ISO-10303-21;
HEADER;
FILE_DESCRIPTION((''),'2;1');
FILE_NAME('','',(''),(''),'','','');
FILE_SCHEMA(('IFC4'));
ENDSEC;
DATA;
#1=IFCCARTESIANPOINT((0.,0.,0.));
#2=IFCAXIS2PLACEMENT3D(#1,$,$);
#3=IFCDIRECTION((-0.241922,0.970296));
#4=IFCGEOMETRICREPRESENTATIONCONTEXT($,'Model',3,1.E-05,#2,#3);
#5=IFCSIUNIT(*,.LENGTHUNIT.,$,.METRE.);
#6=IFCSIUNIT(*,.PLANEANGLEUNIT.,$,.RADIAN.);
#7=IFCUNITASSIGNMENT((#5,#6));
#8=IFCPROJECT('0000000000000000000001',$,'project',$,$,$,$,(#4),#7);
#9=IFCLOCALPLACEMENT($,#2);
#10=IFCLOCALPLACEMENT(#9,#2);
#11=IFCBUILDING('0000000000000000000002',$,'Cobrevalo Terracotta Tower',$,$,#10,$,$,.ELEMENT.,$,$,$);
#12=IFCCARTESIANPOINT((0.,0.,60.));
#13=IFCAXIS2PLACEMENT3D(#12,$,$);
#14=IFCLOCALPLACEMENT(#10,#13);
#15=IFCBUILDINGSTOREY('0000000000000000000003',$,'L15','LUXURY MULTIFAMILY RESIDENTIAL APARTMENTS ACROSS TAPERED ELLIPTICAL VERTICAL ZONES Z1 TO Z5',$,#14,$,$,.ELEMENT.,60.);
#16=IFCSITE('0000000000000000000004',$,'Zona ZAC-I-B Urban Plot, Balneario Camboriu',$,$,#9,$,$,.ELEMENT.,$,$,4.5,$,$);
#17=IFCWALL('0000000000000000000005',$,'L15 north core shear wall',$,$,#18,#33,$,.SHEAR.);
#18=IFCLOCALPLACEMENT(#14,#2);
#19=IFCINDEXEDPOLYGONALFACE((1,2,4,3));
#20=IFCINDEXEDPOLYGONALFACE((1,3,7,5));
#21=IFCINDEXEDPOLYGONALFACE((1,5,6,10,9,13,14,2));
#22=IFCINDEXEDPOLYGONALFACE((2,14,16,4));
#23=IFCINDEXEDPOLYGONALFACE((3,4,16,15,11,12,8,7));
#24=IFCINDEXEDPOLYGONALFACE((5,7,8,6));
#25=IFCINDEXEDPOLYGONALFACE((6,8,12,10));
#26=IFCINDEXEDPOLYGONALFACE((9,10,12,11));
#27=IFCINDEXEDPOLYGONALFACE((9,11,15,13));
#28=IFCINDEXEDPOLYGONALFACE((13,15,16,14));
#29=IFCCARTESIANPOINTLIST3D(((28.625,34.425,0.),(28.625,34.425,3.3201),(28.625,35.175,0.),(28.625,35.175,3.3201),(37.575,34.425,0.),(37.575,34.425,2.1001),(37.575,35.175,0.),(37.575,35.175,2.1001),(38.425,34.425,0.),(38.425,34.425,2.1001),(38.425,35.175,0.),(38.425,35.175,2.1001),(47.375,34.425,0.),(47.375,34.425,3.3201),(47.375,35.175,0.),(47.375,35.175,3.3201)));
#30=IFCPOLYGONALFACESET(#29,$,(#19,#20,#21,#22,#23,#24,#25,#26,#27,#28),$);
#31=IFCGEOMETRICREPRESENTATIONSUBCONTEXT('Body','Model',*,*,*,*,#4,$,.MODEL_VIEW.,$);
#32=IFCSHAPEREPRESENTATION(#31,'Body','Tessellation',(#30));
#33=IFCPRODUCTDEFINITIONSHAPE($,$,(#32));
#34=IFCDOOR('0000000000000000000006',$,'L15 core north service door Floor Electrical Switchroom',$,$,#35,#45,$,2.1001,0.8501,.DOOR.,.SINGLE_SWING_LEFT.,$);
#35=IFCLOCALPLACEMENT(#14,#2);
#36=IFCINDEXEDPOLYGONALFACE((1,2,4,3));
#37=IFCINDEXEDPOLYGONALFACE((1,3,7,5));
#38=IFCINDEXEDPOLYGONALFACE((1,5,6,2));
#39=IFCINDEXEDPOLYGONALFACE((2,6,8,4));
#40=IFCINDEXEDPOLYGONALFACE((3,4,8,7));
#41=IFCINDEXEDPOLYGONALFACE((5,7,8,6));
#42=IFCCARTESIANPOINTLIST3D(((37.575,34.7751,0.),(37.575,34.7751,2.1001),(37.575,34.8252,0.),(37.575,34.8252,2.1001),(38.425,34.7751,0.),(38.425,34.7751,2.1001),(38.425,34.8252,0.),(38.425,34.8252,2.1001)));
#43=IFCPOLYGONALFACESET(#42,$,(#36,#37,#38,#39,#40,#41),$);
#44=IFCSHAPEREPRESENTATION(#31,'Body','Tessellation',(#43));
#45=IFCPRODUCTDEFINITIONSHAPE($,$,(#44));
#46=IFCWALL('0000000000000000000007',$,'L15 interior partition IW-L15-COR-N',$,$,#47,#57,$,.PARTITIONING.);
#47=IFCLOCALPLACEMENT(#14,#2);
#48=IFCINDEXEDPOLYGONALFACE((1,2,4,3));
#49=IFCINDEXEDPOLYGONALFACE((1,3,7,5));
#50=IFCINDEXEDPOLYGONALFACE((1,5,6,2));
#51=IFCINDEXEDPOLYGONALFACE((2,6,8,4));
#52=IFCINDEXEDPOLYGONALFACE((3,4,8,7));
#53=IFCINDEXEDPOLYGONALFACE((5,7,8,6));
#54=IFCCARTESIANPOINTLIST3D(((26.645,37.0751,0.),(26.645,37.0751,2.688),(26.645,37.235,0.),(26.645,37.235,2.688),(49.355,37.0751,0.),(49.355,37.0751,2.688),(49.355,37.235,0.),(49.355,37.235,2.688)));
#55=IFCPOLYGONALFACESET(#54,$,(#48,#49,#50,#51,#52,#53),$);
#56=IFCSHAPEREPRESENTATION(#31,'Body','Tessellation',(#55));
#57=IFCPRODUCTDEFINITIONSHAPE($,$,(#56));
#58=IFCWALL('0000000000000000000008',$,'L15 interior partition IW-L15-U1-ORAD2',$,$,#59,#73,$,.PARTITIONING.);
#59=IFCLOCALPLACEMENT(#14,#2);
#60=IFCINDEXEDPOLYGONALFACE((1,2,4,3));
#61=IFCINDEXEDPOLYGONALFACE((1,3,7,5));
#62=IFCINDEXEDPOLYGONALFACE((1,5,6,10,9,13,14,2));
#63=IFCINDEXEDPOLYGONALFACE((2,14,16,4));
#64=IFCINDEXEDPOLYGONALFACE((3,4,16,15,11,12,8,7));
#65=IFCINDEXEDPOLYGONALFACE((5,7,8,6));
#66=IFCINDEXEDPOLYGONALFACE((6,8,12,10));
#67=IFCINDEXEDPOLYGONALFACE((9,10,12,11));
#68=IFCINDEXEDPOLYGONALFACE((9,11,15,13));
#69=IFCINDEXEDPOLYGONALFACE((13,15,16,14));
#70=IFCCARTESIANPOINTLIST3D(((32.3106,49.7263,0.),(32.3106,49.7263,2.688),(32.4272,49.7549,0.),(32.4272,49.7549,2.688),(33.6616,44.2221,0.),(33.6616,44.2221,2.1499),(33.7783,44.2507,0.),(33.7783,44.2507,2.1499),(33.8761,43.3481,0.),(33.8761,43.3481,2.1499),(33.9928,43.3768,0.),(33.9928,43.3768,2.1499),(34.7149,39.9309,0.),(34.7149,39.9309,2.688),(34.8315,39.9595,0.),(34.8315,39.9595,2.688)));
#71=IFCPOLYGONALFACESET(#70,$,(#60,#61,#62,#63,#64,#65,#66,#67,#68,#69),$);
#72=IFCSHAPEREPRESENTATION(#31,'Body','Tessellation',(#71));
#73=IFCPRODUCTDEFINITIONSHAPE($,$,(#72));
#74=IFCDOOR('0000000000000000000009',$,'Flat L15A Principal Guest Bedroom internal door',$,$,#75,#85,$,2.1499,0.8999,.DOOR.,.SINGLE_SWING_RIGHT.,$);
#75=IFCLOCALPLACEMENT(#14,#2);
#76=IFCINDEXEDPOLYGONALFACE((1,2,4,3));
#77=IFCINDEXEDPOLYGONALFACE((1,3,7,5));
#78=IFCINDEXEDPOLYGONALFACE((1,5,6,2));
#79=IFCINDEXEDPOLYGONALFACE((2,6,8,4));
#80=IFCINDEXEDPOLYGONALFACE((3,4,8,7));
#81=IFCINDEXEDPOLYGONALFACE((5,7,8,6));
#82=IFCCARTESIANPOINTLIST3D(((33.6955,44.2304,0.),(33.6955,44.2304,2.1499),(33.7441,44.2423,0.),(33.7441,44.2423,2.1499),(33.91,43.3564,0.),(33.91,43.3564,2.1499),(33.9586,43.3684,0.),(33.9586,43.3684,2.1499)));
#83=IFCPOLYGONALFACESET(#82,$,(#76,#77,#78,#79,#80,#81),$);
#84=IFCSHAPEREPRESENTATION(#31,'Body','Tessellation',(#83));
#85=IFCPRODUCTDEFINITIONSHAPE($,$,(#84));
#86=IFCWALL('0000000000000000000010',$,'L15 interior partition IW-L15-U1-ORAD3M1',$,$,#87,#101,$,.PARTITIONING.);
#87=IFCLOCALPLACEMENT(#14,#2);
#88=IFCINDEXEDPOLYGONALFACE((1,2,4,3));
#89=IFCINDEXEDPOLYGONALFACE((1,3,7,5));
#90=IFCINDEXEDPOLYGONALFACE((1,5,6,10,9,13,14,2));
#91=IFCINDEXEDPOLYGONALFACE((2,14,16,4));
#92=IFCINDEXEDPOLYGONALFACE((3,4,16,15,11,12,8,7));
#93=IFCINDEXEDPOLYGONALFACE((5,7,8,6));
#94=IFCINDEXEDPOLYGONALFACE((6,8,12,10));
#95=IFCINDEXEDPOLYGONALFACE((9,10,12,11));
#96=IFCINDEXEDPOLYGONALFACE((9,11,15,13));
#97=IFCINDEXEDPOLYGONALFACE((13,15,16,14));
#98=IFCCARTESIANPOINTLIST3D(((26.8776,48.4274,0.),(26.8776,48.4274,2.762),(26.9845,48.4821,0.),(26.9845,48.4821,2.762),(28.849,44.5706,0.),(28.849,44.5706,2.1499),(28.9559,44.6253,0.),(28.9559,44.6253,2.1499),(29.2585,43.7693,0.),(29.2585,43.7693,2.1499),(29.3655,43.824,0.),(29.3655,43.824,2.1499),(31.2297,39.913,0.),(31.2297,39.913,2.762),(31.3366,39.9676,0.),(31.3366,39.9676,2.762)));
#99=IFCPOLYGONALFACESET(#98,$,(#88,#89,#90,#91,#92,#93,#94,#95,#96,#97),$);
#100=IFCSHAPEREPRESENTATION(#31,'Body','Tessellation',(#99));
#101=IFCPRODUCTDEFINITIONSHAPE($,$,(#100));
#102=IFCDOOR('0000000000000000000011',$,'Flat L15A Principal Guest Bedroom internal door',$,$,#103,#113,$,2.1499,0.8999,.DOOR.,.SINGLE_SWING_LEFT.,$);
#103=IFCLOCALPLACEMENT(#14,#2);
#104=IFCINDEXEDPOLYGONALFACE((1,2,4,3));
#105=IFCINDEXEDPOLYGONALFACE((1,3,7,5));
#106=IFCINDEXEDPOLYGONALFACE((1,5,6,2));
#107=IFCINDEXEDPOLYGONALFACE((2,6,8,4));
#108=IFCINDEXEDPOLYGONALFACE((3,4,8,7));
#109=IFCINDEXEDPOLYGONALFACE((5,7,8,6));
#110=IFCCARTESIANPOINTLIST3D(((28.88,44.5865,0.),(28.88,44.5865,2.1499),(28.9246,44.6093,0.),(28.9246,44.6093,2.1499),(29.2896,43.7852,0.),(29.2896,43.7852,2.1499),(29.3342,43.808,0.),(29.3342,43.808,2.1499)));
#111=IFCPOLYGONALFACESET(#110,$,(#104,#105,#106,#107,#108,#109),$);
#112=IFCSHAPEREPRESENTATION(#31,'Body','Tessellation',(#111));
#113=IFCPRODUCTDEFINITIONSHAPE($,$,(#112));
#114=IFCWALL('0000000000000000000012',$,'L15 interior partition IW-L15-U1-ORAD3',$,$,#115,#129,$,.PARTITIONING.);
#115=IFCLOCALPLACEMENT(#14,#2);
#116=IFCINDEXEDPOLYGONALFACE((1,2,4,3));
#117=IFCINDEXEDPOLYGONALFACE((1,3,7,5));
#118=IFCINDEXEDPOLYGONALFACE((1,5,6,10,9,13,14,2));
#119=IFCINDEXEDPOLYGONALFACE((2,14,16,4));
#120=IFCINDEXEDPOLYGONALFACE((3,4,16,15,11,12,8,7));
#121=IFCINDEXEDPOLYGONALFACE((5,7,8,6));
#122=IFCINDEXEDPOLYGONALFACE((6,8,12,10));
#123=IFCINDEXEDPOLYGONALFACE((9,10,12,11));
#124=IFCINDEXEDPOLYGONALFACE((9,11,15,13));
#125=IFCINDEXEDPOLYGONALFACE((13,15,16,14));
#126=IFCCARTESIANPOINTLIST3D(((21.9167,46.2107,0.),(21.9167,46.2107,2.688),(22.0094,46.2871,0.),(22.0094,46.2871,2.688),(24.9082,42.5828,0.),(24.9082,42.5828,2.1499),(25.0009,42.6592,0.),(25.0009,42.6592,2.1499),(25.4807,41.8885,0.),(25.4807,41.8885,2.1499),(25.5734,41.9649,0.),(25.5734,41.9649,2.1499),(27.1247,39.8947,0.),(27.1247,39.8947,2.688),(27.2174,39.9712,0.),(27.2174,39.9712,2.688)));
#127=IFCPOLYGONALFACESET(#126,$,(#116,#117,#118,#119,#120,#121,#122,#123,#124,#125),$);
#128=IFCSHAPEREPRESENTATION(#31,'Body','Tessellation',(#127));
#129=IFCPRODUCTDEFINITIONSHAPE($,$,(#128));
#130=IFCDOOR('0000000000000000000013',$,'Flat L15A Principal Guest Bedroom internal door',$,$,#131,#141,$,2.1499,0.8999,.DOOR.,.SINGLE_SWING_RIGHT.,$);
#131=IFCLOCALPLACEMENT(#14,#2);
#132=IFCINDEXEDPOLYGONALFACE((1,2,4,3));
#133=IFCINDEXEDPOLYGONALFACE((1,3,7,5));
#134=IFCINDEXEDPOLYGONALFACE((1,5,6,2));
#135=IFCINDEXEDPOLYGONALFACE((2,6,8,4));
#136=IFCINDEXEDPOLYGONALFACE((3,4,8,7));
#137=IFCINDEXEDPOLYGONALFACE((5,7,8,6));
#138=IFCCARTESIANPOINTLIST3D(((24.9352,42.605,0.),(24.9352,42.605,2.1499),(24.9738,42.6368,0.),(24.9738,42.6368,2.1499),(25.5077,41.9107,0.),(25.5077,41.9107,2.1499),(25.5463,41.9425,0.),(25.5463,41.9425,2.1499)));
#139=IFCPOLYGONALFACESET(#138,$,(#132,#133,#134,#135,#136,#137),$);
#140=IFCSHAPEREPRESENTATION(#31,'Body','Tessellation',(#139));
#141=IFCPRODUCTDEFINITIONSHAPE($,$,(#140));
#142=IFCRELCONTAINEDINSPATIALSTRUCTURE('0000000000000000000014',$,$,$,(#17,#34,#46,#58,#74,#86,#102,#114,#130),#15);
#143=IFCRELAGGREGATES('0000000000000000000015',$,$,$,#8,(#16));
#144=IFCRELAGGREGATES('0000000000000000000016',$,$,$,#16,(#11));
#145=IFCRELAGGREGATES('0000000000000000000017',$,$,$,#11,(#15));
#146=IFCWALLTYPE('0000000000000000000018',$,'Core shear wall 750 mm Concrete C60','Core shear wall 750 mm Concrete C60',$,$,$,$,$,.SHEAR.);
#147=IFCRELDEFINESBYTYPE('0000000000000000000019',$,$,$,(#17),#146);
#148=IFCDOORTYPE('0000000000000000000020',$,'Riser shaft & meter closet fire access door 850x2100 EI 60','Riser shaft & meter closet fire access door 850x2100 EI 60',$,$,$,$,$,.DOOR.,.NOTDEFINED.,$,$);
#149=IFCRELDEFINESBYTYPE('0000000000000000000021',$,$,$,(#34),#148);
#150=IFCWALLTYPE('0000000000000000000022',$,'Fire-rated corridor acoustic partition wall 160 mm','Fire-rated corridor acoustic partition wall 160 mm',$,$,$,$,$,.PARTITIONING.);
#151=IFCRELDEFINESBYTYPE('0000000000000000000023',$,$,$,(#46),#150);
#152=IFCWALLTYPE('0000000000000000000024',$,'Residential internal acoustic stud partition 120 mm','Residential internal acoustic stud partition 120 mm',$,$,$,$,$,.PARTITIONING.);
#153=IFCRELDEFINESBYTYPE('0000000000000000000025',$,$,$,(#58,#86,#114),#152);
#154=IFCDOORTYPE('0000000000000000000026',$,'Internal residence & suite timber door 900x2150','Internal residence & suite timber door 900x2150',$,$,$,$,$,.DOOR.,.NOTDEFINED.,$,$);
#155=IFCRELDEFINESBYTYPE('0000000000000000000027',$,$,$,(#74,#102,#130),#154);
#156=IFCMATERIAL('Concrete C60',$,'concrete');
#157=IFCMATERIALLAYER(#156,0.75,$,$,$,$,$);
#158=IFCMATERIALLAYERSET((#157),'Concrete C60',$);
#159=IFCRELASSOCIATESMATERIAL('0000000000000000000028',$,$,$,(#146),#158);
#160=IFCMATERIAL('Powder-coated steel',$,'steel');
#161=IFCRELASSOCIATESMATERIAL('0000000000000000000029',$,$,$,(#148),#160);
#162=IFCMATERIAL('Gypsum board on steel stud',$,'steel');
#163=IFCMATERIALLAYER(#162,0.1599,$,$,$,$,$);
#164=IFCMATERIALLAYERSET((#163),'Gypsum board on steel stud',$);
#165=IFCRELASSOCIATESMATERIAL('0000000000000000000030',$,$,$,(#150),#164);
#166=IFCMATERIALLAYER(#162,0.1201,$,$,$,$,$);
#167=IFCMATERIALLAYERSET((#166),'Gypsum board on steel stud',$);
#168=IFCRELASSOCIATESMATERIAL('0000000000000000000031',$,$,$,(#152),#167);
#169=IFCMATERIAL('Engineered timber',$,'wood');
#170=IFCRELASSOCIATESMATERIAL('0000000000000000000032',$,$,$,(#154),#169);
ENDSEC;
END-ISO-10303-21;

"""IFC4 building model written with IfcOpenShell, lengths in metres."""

from ifc_helpers import new_model, si_unit, direction, frame, frame_2d, origin, place, context, subcontext, project, spatial, rectangle, extrude, source, transform, mapped, material, layer, layer_set, type_object, element, fill, save


model = new_model("IFC4")

# Units and contexts
model_context = context("Model", 3, precision=1e-05, world=origin(), true_north=direction((-0.241922, 0.970296)))
body_context = subcontext(model_context, "Body", "Model", "MODEL_VIEW")
ifc_project = project(units=[si_unit("LENGTHUNIT", "METRE"), si_unit("PLANEANGLEUNIT", "RADIAN")], contexts=[model_context])

# Site, building, storey
site_placement = place(None, origin())
site = spatial("IfcSite", under=ifc_project, at=site_placement, Name="Zona ZAC-I-B Urban Plot, Balneario Camboriu", CompositionType="ELEMENT", RefElevation=4.5)
building_placement = place(site_placement, origin())
building = spatial("IfcBuilding", under=site, at=building_placement, Name="Cobrevalo Terracotta Tower", CompositionType="ELEMENT")
storey_placement = place(building_placement, frame((0.0, 0.0, 60.0)))
storey = spatial("IfcBuildingStorey", under=building, at=storey_placement, Name="L15", Description="LUXURY MULTIFAMILY RESIDENTIAL APARTMENTS ACROSS TAPERED ELLIPTICAL VERTICAL ZONES Z1 TO Z5", CompositionType="ELEMENT", Elevation=60.0)

# Shared definitions
ifc_material_1 = material(Name="Concrete C60", Category="concrete")

# Wall, opening, door
ifc_layer_1 = layer(ifc_material_1, 0.75)
ifc_layer_set_1 = layer_set([ifc_layer_1], Name="Concrete C60")
wall_type_1 = type_object("IfcWallType", Name="Core shear wall 750 mm Concrete C60", Description="Core shear wall 750 mm Concrete C60", PredefinedType="SHEAR", material=ifc_layer_set_1)
wall_1_placement = place(storey_placement, frame((28.625, 34.8, 0.0), z_axis=(0.0, 0.0, 1.0), x_axis=(1.0, 0.0, 0.0)))
wall_1 = element("IfcWall", 1, at=wall_1_placement, inside=storey, type_object=wall_type_1, Name="L15 north core shear wall", PredefinedType="SHEAR", context=body_context, shape_type="SweptSolid", body=[
    extrude(rectangle(XDim=18.75, YDim=0.75, at=frame_2d((9.375, 0.0))), origin(), (0.0, 0.0, 1.0), 3.3201),
])
opening_1_placement = place(wall_1_placement, frame((8.95, 0.0, 0.0)))
opening_1 = element("IfcOpeningElement", 2, at=opening_1_placement, cuts=wall_1, PredefinedType="OPENING", context=body_context, shape_type="SweptSolid", body=[
    extrude(rectangle(XDim=0.8501, YDim=2.1001, at=frame_2d((0.425, 1.05))), frame((0.0, 0.385, 0.0), z_axis=(0.0, -1.0, 0.0), x_axis=(1.0, 0.0, 0.0)), (0.0, 0.0, 1.0), 0.77),
])
ifc_material_2 = material(Name="Powder-coated steel", Category="steel")
door_type_1 = type_object("IfcDoorType", Name="Riser shaft & meter closet fire access door 850x2100 EI 60", Description="Riser shaft & meter closet fire access door 850x2100 EI 60", OperationType="NOTDEFINED", PredefinedType="DOOR", material=ifc_material_2)
shared_shape_1 = source(origin(), body_context, "Body", "SweptSolid", [
    extrude(rectangle(XDim=0.8501, YDim=2.1001, at=frame_2d((0.425, 1.05))), frame((0.0, 0.0249, 0.0), z_axis=(0.0, -1.0, 0.0), x_axis=(1.0, 0.0, 0.0)), (0.0, 0.0, 1.0), 0.05),
])
door_1_placement = place(opening_1_placement, frame((0.8501, 0.0, 0.0), z_axis=(0.0, 0.0, 1.0), x_axis=(-1.0, 0.0, 0.0)))
door_1 = element("IfcDoor", 3, at=door_1_placement, inside=storey, type_object=door_type_1, Name="L15 core north service door Floor Electrical Switchroom", OperationType="SINGLE_SWING_LEFT", OverallHeight=2.1001, OverallWidth=0.8501, PredefinedType="DOOR", context=body_context, shape_type="MappedRepresentation", body=[
    mapped(shared_shape_1, transform((0.0, 0.0, 0.0), scale=1.0)),
])
fill(opening_1, door_1)

# Wall
ifc_material_3 = material(Name="Gypsum board on steel stud", Category="steel")
ifc_layer_2 = layer(ifc_material_3, 0.1599)
ifc_layer_set_2 = layer_set([ifc_layer_2], Name="Gypsum board on steel stud")
wall_type_2 = type_object("IfcWallType", Name="Fire-rated corridor acoustic partition wall 160 mm", Description="Fire-rated corridor acoustic partition wall 160 mm", PredefinedType="PARTITIONING", material=ifc_layer_set_2)
wall_2_placement = place(storey_placement, frame((26.645, 37.155, 0.0), z_axis=(0.0, 0.0, 1.0), x_axis=(1.0, 0.0, 0.0)))
element("IfcWall", 4, at=wall_2_placement, inside=storey, type_object=wall_type_2, Name="L15 interior partition IW-L15-COR-N", PredefinedType="PARTITIONING", context=body_context, shape_type="SweptSolid", body=[
    extrude(rectangle(XDim=22.71, YDim=0.1599, at=frame_2d((11.355, 0.0))), origin(), (0.0, 0.0, 1.0), 2.688),
])

# Walls, openings, doors
ifc_layer_3 = layer(ifc_material_3, 0.1201)
ifc_layer_set_3 = layer_set([ifc_layer_3], Name="Gypsum board on steel stud")
wall_type_3 = type_object("IfcWallType", Name="Residential internal acoustic stud partition 120 mm", Description="Residential internal acoustic stud partition 120 mm", PredefinedType="PARTITIONING", material=ifc_layer_set_3)
wall_3_placement = place(storey_placement, frame((34.7732, 39.9453, 0.0), z_axis=(0.0, 0.0, 1.0), x_axis=(-0.238376, 0.971173, 0.0)))
wall_3 = element("IfcWall", 5, at=wall_3_placement, inside=storey, type_object=wall_type_3, Name="L15 interior partition IW-L15-U1-ORAD2", PredefinedType="PARTITIONING", context=body_context, shape_type="SweptSolid", body=[
    extrude(rectangle(XDim=10.0862, YDim=0.1201, at=frame_2d((5.043, 0.0))), origin(), (0.0, 0.0, 1.0), 2.688),
])
opening_2_placement = place(wall_3_placement, frame((3.5186, 0.0, 0.0)))
opening_2 = element("IfcOpeningElement", 6, at=opening_2_placement, cuts=wall_3, PredefinedType="OPENING", context=body_context, shape_type="SweptSolid", body=[
    extrude(rectangle(XDim=0.8999, YDim=2.1499, at=frame_2d((0.45, 1.075))), frame((0.0, 0.0701, 0.0), z_axis=(0.0, -1.0, 0.0), x_axis=(1.0, 0.0, 0.0)), (0.0, 0.0, 1.0), 0.1401),
])
ifc_material_4 = material(Name="Engineered timber", Category="wood")
door_type_2 = type_object("IfcDoorType", Name="Internal residence & suite timber door 900x2150", Description="Internal residence & suite timber door 900x2150", OperationType="NOTDEFINED", PredefinedType="DOOR", material=ifc_material_4)
shared_shape_2 = source(origin(), body_context, "Body", "SweptSolid", [
    extrude(rectangle(XDim=0.8999, YDim=2.1499, at=frame_2d((0.45, 1.075))), frame((0.0, 0.0249, 0.0), z_axis=(0.0, -1.0, 0.0), x_axis=(1.0, 0.0, 0.0)), (0.0, 0.0, 1.0), 0.05),
])
door_2_placement = place(opening_2_placement, frame((0.8999, 0.0, 0.0), z_axis=(0.0, 0.0, 1.0), x_axis=(-1.0, 0.0, 0.0)))
door_2 = element("IfcDoor", 7, at=door_2_placement, inside=storey, type_object=door_type_2, Name="Flat L15A Principal Guest Bedroom internal door", OperationType="SINGLE_SWING_RIGHT", OverallHeight=2.1499, OverallWidth=0.8999, PredefinedType="DOOR", context=body_context, shape_type="MappedRepresentation", body=[
    mapped(shared_shape_2, transform((0.0, 0.0, 0.0), scale=1.0)),
])
fill(opening_2, door_2)
wall_4_placement = place(storey_placement, frame((31.2832, 39.9402, 0.0), z_axis=(0.0, 0.0, 1.0), x_axis=(-0.455131, 0.890424, 0.0)))
wall_4 = element("IfcWall", 8, at=wall_4_placement, inside=storey, type_object=wall_type_3, Name="L15 interior partition IW-L15-U1-ORAD3M1", PredefinedType="PARTITIONING", context=body_context, shape_type="SweptSolid", body=[
    extrude(rectangle(XDim=9.5623, YDim=0.1201, at=frame_2d((4.7812, 0.0))), origin(), (0.0, 0.0, 1.0), 2.762),
])
opening_3_placement = place(wall_4_placement, frame((4.3311, 0.0, 0.0)))
opening_3 = element("IfcOpeningElement", 9, at=opening_3_placement, cuts=wall_4, PredefinedType="OPENING", context=body_context, shape_type="SweptSolid", body=[
    extrude(rectangle(XDim=0.8999, YDim=2.1499, at=frame_2d((0.45, 1.075))), frame((0.0, 0.0701, 0.0), z_axis=(0.0, -1.0, 0.0), x_axis=(1.0, 0.0, 0.0)), (0.0, 0.0, 1.0), 0.1401),
])
door_3_placement = place(opening_3_placement, frame((0.8999, 0.0, 0.0), z_axis=(0.0, 0.0, 1.0), x_axis=(-1.0, 0.0, 0.0)))
door_3 = element("IfcDoor", 10, at=door_3_placement, inside=storey, type_object=door_type_2, Name="Flat L15A Principal Guest Bedroom internal door", OperationType="SINGLE_SWING_LEFT", OverallHeight=2.1499, OverallWidth=0.8999, PredefinedType="DOOR", context=body_context, shape_type="MappedRepresentation", body=[
    mapped(shared_shape_2, transform((0.0, 0.0, 0.0), scale=1.0)),
])
fill(opening_3, door_3)
wall_5_placement = place(storey_placement, frame((27.1711, 39.9329, 0.0), z_axis=(0.0, 0.0, 1.0), x_axis=(-0.636192, 0.771531, 0.0)))
wall_5 = element("IfcWall", 11, at=wall_5_placement, inside=storey, type_object=wall_type_3, Name="L15 interior partition IW-L15-U1-ORAD3", PredefinedType="PARTITIONING", context=body_context, shape_type="SweptSolid", body=[
    extrude(rectangle(XDim=8.1863, YDim=0.1201, at=frame_2d((4.0933, 0.0))), origin(), (0.0, 0.0, 1.0), 2.688),
])
opening_4_placement = place(wall_5_placement, frame((2.5842, 0.0, 0.0)))
opening_4 = element("IfcOpeningElement", 12, at=opening_4_placement, cuts=wall_5, PredefinedType="OPENING", context=body_context, shape_type="SweptSolid", body=[
    extrude(rectangle(XDim=0.8999, YDim=2.1499, at=frame_2d((0.45, 1.075))), frame((0.0, 0.0701, 0.0), z_axis=(0.0, -1.0, 0.0), x_axis=(1.0, 0.0, 0.0)), (0.0, 0.0, 1.0), 0.1401),
])
door_4_placement = place(opening_4_placement, frame((0.8999, 0.0, 0.0), z_axis=(0.0, 0.0, 1.0), x_axis=(-1.0, 0.0, 0.0)))
door_4 = element("IfcDoor", 13, at=door_4_placement, inside=storey, type_object=door_type_2, Name="Flat L15A Principal Guest Bedroom internal door", OperationType="SINGLE_SWING_RIGHT", OverallHeight=2.1499, OverallWidth=0.8999, PredefinedType="DOOR", context=body_context, shape_type="MappedRepresentation", body=[
    mapped(shared_shape_2, transform((0.0, 0.0, 0.0), scale=1.0)),
])
fill(opening_4, door_4)

save(model, "model.ifc")
